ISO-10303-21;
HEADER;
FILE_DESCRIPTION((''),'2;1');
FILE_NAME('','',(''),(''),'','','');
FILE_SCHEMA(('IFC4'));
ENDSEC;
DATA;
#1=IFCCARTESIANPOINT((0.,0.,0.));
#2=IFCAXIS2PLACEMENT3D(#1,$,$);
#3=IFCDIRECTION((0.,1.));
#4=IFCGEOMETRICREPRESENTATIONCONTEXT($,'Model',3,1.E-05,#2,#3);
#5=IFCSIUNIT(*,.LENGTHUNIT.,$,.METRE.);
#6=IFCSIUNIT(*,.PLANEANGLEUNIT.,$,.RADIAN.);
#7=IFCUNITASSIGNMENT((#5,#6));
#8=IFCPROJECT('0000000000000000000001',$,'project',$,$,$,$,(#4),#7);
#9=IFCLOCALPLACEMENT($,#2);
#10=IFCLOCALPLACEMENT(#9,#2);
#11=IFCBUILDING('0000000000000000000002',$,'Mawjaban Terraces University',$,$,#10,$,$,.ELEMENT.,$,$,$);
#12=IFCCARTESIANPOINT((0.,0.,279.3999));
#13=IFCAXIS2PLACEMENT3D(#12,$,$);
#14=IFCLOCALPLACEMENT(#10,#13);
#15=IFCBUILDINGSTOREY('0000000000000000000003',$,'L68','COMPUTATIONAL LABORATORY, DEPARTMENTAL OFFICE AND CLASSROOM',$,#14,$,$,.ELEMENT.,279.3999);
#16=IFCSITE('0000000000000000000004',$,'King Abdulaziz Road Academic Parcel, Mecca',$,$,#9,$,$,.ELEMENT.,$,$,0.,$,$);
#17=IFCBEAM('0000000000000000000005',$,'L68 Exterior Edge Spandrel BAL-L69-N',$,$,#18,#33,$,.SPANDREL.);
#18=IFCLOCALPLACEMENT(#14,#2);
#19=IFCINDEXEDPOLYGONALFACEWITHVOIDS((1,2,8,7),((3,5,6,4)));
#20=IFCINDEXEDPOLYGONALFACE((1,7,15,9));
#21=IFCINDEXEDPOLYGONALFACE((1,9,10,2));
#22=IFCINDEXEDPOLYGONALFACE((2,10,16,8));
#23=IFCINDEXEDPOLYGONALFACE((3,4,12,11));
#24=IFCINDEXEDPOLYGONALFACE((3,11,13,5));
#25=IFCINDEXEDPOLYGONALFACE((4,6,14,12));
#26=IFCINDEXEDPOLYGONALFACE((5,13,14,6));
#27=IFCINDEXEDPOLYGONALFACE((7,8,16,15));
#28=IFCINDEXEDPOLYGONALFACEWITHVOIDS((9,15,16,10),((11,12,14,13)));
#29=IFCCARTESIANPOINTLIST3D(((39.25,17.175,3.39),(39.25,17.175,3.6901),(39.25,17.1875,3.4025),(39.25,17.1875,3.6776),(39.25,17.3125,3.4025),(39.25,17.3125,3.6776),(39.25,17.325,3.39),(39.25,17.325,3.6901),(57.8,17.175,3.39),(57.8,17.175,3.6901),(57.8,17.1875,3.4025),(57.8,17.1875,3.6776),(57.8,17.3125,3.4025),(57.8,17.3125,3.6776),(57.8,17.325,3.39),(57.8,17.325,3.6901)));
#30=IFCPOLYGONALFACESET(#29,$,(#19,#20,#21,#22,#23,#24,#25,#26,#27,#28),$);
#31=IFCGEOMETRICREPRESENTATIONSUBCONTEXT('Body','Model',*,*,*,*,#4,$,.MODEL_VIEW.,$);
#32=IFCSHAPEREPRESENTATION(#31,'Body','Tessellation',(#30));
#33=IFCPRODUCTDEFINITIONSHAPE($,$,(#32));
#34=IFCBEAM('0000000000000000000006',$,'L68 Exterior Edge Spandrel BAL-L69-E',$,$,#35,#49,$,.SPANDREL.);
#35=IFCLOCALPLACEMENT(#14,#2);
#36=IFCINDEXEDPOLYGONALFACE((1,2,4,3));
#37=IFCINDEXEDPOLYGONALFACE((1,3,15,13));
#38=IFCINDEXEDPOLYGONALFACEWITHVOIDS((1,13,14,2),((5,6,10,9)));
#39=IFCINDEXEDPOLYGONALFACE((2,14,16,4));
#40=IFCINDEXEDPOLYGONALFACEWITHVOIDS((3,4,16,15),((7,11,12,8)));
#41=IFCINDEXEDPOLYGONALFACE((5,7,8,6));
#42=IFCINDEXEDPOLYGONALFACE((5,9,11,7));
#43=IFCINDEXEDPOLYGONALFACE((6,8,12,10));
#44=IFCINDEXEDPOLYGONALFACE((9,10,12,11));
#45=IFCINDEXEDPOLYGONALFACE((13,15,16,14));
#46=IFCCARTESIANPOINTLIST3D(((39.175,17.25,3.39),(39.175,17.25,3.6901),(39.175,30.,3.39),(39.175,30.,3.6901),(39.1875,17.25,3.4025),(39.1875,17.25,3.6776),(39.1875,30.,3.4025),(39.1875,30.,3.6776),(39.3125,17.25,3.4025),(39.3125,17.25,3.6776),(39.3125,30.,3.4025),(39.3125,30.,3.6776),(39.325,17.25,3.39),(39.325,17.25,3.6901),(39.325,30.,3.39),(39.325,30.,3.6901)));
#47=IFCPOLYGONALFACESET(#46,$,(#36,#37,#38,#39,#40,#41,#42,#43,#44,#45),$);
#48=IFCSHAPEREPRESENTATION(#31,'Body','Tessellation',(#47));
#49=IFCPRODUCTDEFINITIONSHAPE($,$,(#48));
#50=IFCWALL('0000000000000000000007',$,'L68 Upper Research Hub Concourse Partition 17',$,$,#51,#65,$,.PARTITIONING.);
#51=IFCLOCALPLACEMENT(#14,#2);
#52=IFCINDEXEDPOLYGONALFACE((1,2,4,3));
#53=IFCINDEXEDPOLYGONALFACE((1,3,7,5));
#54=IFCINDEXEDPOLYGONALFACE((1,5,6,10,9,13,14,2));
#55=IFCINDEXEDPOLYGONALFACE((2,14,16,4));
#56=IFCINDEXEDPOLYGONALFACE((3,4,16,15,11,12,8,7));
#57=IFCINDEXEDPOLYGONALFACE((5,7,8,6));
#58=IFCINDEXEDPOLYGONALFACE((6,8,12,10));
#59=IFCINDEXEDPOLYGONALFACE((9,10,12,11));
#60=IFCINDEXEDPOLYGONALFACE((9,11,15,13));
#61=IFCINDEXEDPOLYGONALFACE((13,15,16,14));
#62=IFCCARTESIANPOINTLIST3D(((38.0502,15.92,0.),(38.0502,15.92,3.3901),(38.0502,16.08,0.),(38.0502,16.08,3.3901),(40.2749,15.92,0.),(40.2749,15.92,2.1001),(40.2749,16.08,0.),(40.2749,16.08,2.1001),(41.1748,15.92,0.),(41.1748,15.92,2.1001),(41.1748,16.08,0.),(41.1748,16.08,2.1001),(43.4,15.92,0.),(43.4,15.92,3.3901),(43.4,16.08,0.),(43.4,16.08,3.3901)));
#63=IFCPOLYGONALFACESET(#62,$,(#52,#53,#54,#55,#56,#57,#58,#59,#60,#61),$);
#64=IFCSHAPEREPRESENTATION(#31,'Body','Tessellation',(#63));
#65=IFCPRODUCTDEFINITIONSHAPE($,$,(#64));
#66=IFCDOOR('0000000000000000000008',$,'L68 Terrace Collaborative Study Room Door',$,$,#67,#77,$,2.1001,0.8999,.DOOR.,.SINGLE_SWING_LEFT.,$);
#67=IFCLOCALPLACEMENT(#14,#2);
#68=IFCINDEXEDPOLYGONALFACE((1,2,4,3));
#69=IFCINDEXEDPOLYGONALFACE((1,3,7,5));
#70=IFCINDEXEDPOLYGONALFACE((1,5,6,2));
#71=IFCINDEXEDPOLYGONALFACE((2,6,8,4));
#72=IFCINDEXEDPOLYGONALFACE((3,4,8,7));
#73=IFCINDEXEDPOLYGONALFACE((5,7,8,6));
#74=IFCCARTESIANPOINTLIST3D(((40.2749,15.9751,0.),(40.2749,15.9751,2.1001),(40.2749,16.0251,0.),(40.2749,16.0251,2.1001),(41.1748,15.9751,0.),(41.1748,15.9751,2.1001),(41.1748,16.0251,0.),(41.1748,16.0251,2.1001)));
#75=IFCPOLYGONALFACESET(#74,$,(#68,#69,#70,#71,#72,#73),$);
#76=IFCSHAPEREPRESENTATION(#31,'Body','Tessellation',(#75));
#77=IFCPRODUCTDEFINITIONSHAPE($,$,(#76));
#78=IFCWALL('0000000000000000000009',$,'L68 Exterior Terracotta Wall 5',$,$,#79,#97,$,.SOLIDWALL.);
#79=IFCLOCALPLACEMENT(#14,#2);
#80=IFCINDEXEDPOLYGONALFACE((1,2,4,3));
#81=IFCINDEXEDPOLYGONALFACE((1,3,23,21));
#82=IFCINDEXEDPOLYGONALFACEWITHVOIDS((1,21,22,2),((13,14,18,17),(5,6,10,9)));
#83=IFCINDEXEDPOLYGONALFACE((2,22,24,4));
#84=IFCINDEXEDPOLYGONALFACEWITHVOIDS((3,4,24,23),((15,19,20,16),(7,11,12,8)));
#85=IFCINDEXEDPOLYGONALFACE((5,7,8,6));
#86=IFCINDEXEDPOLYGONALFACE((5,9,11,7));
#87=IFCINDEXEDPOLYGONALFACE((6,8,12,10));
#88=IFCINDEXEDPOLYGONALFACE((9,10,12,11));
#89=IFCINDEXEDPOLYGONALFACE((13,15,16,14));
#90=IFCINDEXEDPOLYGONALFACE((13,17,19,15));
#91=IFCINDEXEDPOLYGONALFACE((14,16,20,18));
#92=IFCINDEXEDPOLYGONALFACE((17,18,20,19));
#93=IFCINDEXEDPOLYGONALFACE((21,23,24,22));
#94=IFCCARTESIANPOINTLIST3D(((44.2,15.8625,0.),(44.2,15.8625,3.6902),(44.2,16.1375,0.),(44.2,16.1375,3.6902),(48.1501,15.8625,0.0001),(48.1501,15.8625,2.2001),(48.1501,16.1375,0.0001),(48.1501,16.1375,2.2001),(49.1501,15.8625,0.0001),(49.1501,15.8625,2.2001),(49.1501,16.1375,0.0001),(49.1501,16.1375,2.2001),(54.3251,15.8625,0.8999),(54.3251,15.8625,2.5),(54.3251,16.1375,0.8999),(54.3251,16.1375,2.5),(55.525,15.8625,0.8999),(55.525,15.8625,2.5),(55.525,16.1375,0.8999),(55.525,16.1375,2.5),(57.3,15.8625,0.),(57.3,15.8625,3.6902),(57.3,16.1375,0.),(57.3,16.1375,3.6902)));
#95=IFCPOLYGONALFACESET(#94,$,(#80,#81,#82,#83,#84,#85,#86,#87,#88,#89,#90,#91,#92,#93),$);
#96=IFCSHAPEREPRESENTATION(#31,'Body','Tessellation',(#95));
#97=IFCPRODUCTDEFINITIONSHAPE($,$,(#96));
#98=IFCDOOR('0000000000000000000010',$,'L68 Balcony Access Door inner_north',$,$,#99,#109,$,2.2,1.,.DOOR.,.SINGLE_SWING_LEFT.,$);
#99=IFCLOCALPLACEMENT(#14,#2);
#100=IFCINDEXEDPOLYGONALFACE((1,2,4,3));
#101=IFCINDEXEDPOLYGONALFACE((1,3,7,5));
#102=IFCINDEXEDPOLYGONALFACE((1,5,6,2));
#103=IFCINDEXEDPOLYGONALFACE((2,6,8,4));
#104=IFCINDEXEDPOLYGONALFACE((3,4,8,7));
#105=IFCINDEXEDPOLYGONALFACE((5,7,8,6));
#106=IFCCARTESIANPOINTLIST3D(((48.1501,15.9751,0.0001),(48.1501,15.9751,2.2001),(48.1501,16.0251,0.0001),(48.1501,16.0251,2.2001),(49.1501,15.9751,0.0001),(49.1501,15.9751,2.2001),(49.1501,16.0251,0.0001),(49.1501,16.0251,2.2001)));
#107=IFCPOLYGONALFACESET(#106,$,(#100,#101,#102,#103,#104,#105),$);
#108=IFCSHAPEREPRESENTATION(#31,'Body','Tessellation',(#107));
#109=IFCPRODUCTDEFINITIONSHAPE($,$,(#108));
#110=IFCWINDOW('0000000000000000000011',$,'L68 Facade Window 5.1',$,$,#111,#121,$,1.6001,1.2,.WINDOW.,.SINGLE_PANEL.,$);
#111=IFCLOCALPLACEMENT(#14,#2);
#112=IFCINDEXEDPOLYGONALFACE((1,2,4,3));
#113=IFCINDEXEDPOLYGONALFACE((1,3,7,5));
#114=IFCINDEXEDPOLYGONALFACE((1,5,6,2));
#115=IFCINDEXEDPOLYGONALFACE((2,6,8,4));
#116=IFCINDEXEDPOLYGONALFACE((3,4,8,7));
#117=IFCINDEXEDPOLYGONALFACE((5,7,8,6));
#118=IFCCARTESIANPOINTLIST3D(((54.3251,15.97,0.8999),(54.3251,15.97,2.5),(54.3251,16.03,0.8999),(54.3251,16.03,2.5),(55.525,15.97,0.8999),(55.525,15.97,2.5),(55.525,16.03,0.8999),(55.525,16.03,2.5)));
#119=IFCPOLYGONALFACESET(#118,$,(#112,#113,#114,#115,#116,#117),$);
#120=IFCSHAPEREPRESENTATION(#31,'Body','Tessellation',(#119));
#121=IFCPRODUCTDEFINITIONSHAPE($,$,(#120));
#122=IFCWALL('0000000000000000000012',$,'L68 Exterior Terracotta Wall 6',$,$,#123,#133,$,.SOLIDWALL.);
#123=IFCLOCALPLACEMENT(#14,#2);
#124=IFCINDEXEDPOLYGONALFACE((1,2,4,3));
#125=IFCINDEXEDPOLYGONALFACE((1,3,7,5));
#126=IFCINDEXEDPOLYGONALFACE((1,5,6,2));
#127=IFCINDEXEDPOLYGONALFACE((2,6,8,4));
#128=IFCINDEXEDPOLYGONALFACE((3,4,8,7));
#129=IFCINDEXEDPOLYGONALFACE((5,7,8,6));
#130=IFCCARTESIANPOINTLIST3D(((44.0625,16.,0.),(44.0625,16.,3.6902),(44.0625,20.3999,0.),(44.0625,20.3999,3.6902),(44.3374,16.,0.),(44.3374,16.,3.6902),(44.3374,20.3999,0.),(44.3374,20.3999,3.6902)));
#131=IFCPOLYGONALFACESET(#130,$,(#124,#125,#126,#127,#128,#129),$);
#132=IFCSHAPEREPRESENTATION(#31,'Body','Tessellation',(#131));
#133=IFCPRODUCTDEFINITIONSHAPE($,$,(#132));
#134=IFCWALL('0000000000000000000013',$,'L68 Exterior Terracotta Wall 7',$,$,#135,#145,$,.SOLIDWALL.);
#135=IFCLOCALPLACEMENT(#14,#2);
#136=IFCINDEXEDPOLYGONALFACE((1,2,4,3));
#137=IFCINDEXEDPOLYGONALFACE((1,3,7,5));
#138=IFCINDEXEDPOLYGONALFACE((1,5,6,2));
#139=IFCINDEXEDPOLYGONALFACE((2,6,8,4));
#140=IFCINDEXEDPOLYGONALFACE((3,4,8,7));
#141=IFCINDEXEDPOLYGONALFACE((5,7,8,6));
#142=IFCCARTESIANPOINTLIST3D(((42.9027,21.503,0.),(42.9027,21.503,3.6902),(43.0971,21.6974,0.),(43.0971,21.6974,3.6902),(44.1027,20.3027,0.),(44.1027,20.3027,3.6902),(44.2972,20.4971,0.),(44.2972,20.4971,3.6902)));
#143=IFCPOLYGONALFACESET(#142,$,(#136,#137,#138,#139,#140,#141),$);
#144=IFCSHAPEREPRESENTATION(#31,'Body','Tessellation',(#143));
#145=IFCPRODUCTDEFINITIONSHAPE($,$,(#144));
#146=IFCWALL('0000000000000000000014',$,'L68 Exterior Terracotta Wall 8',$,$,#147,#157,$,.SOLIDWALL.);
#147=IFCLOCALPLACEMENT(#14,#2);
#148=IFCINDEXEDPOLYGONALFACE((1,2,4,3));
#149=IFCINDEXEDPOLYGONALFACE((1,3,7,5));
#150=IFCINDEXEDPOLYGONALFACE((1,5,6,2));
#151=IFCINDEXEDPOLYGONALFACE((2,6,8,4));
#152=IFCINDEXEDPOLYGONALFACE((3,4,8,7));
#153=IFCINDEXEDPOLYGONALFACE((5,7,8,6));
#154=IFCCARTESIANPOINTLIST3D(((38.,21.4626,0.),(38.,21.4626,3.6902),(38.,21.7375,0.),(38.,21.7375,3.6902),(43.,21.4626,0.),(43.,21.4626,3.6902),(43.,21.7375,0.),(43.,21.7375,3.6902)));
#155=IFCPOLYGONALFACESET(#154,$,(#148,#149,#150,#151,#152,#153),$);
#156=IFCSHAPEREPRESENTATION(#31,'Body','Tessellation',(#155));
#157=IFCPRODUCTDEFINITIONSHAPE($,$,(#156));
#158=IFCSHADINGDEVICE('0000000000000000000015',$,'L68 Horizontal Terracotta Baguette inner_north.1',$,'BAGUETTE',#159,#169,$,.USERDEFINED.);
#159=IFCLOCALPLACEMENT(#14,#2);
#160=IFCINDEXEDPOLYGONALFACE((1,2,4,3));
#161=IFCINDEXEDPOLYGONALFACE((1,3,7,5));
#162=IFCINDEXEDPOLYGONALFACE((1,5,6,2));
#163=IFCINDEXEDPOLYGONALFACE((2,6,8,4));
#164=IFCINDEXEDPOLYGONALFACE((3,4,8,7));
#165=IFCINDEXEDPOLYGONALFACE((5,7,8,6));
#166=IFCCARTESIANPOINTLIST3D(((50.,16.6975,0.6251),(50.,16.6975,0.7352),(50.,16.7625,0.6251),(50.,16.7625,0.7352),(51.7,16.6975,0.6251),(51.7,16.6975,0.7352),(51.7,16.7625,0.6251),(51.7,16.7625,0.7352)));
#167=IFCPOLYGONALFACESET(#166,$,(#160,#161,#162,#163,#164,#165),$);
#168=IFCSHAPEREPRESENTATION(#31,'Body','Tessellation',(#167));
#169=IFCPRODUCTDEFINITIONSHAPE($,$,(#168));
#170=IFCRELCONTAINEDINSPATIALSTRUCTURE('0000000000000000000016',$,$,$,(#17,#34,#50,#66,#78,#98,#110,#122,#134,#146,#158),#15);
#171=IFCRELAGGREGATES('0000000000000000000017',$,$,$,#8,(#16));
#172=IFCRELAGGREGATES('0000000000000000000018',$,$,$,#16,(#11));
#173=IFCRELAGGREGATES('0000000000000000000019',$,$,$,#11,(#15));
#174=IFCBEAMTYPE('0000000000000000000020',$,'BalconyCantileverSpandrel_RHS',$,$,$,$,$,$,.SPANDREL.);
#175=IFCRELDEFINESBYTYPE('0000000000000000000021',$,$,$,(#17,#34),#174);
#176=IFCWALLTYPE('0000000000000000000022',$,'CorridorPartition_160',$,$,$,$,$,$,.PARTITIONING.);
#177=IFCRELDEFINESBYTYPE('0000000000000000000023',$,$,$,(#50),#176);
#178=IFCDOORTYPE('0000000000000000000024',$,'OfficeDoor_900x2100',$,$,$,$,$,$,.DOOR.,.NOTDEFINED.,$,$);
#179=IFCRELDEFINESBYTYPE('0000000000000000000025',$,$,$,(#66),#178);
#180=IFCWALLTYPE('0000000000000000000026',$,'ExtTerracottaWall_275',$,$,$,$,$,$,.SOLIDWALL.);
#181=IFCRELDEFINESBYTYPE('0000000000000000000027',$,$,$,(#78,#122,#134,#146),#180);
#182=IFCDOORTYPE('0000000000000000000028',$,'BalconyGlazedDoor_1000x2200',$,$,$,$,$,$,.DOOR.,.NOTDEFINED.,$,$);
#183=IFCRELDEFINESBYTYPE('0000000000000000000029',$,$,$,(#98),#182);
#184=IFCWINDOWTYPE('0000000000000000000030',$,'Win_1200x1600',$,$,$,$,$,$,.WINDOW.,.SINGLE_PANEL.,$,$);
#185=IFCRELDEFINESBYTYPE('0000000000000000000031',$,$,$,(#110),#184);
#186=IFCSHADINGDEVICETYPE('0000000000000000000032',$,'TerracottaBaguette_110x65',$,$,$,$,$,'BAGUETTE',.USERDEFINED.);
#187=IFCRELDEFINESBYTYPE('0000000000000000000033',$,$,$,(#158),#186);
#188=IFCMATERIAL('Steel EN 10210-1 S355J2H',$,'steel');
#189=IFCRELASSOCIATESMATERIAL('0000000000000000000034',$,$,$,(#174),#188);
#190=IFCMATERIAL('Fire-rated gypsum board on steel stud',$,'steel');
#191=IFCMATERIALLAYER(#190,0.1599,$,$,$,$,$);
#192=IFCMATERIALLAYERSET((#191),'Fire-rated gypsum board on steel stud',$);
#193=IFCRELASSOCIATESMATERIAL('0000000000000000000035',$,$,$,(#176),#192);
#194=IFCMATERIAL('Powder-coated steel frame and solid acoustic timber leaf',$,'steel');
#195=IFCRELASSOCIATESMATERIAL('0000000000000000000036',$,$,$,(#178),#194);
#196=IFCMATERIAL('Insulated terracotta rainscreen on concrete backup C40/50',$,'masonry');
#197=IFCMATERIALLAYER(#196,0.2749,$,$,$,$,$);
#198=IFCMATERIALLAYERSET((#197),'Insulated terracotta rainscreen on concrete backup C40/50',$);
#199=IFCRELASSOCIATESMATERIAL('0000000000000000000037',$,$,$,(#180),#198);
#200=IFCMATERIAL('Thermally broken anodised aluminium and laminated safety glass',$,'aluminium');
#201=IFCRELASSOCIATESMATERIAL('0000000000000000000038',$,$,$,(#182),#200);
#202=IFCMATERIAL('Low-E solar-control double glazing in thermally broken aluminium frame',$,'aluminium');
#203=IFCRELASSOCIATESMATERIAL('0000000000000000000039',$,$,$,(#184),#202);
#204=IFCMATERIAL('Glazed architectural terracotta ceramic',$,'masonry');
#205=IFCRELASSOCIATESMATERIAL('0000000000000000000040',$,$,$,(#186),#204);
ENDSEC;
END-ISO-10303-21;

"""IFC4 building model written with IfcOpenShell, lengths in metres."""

from ifc_helpers import new_model, si_unit, direction, frame, frame_2d, origin, origin_2d, place, context, subcontext, project, spatial, rectangle, hollow_rectangle, extrude, material, layer, layer_set, material_profile, profile_set, type_object, element, fill, save


model = new_model("IFC4")

# Units and contexts
model_context = context("Model", 3, precision=1e-05, world=origin(), true_north=direction((0.0, 1.0)))
body_context = subcontext(model_context, "Body", "Model", "MODEL_VIEW")
ifc_project = project(units=[si_unit("LENGTHUNIT", "METRE"), si_unit("PLANEANGLEUNIT", "RADIAN")], contexts=[model_context])

# Site, building, storey
site_placement = place(None, origin())
site = spatial("IfcSite", under=ifc_project, at=site_placement, Name="King Abdulaziz Road Academic Parcel, Mecca", CompositionType="ELEMENT", RefElevation=0.0)
building_placement = place(site_placement, origin())
building = spatial("IfcBuilding", under=site, at=building_placement, Name="Mawjaban Terraces University", CompositionType="ELEMENT")
storey_placement = place(building_placement, frame((0.0, 0.0, 279.3999)))
storey = spatial("IfcBuildingStorey", under=building, at=storey_placement, Name="L68", Description="COMPUTATIONAL LABORATORY, DEPARTMENTAL OFFICE AND CLASSROOM", CompositionType="ELEMENT", Elevation=279.3999)

# Beams
ifc_material_1 = material(Name="Steel EN 10210-1 S355J2H", Category="steel")
ifc_material_profile_1 = material_profile(ifc_material_1, hollow_rectangle(XDim=0.1499, YDim=0.3, WallThickness=0.0125, at=origin_2d()), Name="RHS300X150X12.5")
ifc_profile_set_1 = profile_set([ifc_material_profile_1], Name="Steel EN 10210-1 S355J2H")
beam_type = type_object("IfcBeamType", Name="BalconyCantileverSpandrel_RHS", PredefinedType="SPANDREL", material=ifc_profile_set_1)
beam_1_placement = place(storey_placement, frame((39.25, 17.25, 3.54), z_axis=(1.0, 0.0, 0.0), x_axis=(0.0, 1.0, 0.0)))
element("IfcBeam", 1, at=beam_1_placement, inside=storey, type_object=beam_type, Name="L68 Exterior Edge Spandrel BAL-L69-N", PredefinedType="SPANDREL", context=body_context, shape_type="SweptSolid", body=[
    extrude(hollow_rectangle(XDim=0.1499, YDim=0.3, WallThickness=0.0125, at=origin_2d()), origin(), (0.0, 0.0, 1.0), 18.55),
])
beam_2_placement = place(storey_placement, frame((39.25, 17.25, 3.54), z_axis=(0.0, 1.0, 0.0), x_axis=(-1.0, 0.0, 0.0)))
element("IfcBeam", 2, at=beam_2_placement, inside=storey, type_object=beam_type, Name="L68 Exterior Edge Spandrel BAL-L69-E", PredefinedType="SPANDREL", context=body_context, shape_type="SweptSolid", body=[
    extrude(hollow_rectangle(XDim=0.1499, YDim=0.3, WallThickness=0.0125, at=origin_2d()), origin(), (0.0, 0.0, 1.0), 12.75),
])

# Wall, opening, door
ifc_material_2 = material(Name="Fire-rated gypsum board on steel stud", Category="steel")
ifc_layer_1 = layer(ifc_material_2, 0.1599)
ifc_layer_set_1 = layer_set([ifc_layer_1], Name="Fire-rated gypsum board on steel stud")
wall_type_1 = type_object("IfcWallType", Name="CorridorPartition_160", PredefinedType="PARTITIONING", material=ifc_layer_set_1)
wall_1_placement = place(storey_placement, frame((43.3999, 16.0, 0.0), z_axis=(0.0, 0.0, 1.0), x_axis=(-1.0, 0.0, 0.0)))
wall_1 = element("IfcWall", 3, at=wall_1_placement, inside=storey, type_object=wall_type_1, Name="L68 Upper Research Hub Concourse Partition 17", PredefinedType="PARTITIONING", context=body_context, shape_type="SweptSolid", body=[
    extrude(rectangle(XDim=5.3499, YDim=0.1599, at=frame_2d((2.6748, 0.0))), origin(), (0.0, 0.0, 1.0), 3.3901),
])
opening_1_placement = place(wall_1_placement, frame((2.2251, 0.0, 0.0)))
opening_1 = element("IfcOpeningElement", 4, at=opening_1_placement, cuts=wall_1, PredefinedType="OPENING", context=body_context, shape_type="SweptSolid", body=[
    extrude(rectangle(XDim=0.8999, YDim=2.1001, at=frame_2d((0.45, 1.05))), frame((0.0, 0.0898, 0.0), z_axis=(0.0, -1.0, 0.0), x_axis=(1.0, 0.0, 0.0)), (0.0, 0.0, 1.0), 0.1799),
])
ifc_material_3 = material(Name="Powder-coated steel frame and solid acoustic timber leaf", Category="steel")
door_type_1 = type_object("IfcDoorType", Name="OfficeDoor_900x2100", OperationType="NOTDEFINED", PredefinedType="DOOR", material=ifc_material_3)
door_1_placement = place(opening_1_placement, origin())
door_1 = element("IfcDoor", 5, at=door_1_placement, inside=storey, type_object=door_type_1, Name="L68 Terrace Collaborative Study Room Door", OperationType="SINGLE_SWING_LEFT", OverallHeight=2.1001, OverallWidth=0.8999, PredefinedType="DOOR", context=body_context, shape_type="SweptSolid", body=[
    extrude(rectangle(XDim=0.8999, YDim=2.1001, at=frame_2d((0.45, 1.05))), frame((0.0, 0.0249, 0.0), z_axis=(0.0, -1.0, 0.0), x_axis=(1.0, 0.0, 0.0)), (0.0, 0.0, 1.0), 0.05),
])
fill(opening_1, door_1)

# Wall, openings, door, window
ifc_material_4 = material(Name="Insulated terracotta rainscreen on concrete backup C40/50", Category="masonry")
ifc_layer_2 = layer(ifc_material_4, 0.2749)
ifc_layer_set_2 = layer_set([ifc_layer_2], Name="Insulated terracotta rainscreen on concrete backup C40/50")
wall_type_2 = type_object("IfcWallType", Name="ExtTerracottaWall_275", PredefinedType="SOLIDWALL", material=ifc_layer_set_2)
wall_2_placement = place(storey_placement, frame((57.3, 16.0, 0.0), z_axis=(0.0, 0.0, 1.0), x_axis=(-1.0, 0.0, 0.0)))
wall_2 = element("IfcWall", 6, at=wall_2_placement, inside=storey, type_object=wall_type_2, Name="L68 Exterior Terracotta Wall 5", PredefinedType="SOLIDWALL", context=body_context, shape_type="SweptSolid", body=[
    extrude(rectangle(XDim=13.1001, YDim=0.2749, at=frame_2d((6.55, 0.0))), origin(), (0.0, 0.0, 1.0), 3.6902),
])
opening_2_placement = place(wall_2_placement, frame((8.1499, 0.0, 0.0)))
opening_2 = element("IfcOpeningElement", 7, at=opening_2_placement, cuts=wall_2, PredefinedType="OPENING", context=body_context, shape_type="SweptSolid", body=[
    extrude(rectangle(XDim=1.0, YDim=2.2, at=frame_2d((0.5, 1.1001))), frame((0.0, 0.1475, 0.0), z_axis=(0.0, -1.0, 0.0), x_axis=(1.0, 0.0, 0.0)), (0.0, 0.0, 1.0), 0.2949),
])
opening_3_placement = place(wall_2_placement, frame((1.7749, 0.0, 0.8999)))
opening_3 = element("IfcOpeningElement", 8, at=opening_3_placement, cuts=wall_2, PredefinedType="OPENING", context=body_context, shape_type="SweptSolid", body=[
    extrude(rectangle(XDim=1.2, YDim=1.6001, at=frame_2d((0.6001, 0.8))), frame((0.0, 0.1475, 0.0), z_axis=(0.0, -1.0, 0.0), x_axis=(1.0, 0.0, 0.0)), (0.0, 0.0, 1.0), 0.2949),
])
ifc_material_5 = material(Name="Thermally broken anodised aluminium and laminated safety glass", Category="aluminium")
door_type_2 = type_object("IfcDoorType", Name="BalconyGlazedDoor_1000x2200", OperationType="NOTDEFINED", PredefinedType="DOOR", material=ifc_material_5)
door_2_placement = place(opening_2_placement, origin())
door_2 = element("IfcDoor", 9, at=door_2_placement, inside=storey, type_object=door_type_2, Name="L68 Balcony Access Door inner_north", OperationType="SINGLE_SWING_LEFT", OverallHeight=2.2, OverallWidth=1.0, PredefinedType="DOOR", context=body_context, shape_type="SweptSolid", body=[
    extrude(rectangle(XDim=1.0, YDim=2.2, at=frame_2d((0.5, 1.1001))), frame((0.0, 0.0249, 0.0), z_axis=(0.0, -1.0, 0.0), x_axis=(1.0, 0.0, 0.0)), (0.0, 0.0, 1.0), 0.05),
])
fill(opening_2, door_2)
ifc_material_6 = material(Name="Low-E solar-control double glazing in thermally broken aluminium frame", Category="aluminium")
window_type = type_object("IfcWindowType", Name="Win_1200x1600", PartitioningType="SINGLE_PANEL", PredefinedType="WINDOW", material=ifc_material_6)
window_placement = place(opening_3_placement, origin())
window = element("IfcWindow", 10, at=window_placement, inside=storey, type_object=window_type, Name="L68 Facade Window 5.1", OverallHeight=1.6001, OverallWidth=1.2, PartitioningType="SINGLE_PANEL", PredefinedType="WINDOW", context=body_context, shape_type="SweptSolid", body=[
    extrude(rectangle(XDim=1.2, YDim=1.6001, at=frame_2d((0.6001, 0.8))), frame((0.0, 0.03, 0.0), z_axis=(0.0, -1.0, 0.0), x_axis=(1.0, 0.0, 0.0)), (0.0, 0.0, 1.0), 0.0601),
])
fill(opening_3, window)

# Walls
wall_3_placement = place(storey_placement, frame((44.2, 16.0, 0.0), z_axis=(0.0, 0.0, 1.0), x_axis=(0.0, 1.0, 0.0)))
element("IfcWall", 11, at=wall_3_placement, inside=storey, type_object=wall_type_2, Name="L68 Exterior Terracotta Wall 6", PredefinedType="SOLIDWALL", context=body_context, shape_type="SweptSolid", body=[
    extrude(rectangle(XDim=4.3999, YDim=0.2749, at=frame_2d((2.2, 0.0))), origin(), (0.0, 0.0, 1.0), 3.6902),
])
wall_4_placement = place(storey_placement, frame((44.2, 20.3999, 0.0), z_axis=(0.0, 0.0, 1.0), x_axis=(-0.707035, 0.707179, 0.0)))
element("IfcWall", 12, at=wall_4_placement, inside=storey, type_object=wall_type_2, Name="L68 Exterior Terracotta Wall 7", PredefinedType="SOLIDWALL", context=body_context, shape_type="SweptSolid", body=[
    extrude(rectangle(XDim=1.6973, YDim=0.2749, at=frame_2d((0.8486, 0.0))), origin(), (0.0, 0.0, 1.0), 3.6902),
])
wall_5_placement = place(storey_placement, frame((43.0, 21.6001, 0.0), z_axis=(0.0, 0.0, 1.0), x_axis=(-1.0, 0.0, 0.0)))
element("IfcWall", 13, at=wall_5_placement, inside=storey, type_object=wall_type_2, Name="L68 Exterior Terracotta Wall 8", PredefinedType="SOLIDWALL", context=body_context, shape_type="SweptSolid", body=[
    extrude(rectangle(XDim=5.0, YDim=0.2749, at=frame_2d((2.5, 0.0))), origin(), (0.0, 0.0, 1.0), 3.6902),
])

# Shading device
ifc_material_7 = material(Name="Glazed architectural terracotta ceramic", Category="masonry")
ifc_material_profile_2 = material_profile(ifc_material_7, rectangle(XDim=0.0649, YDim=0.1101, at=origin_2d()), Name="TBAG110X65")
ifc_profile_set_2 = profile_set([ifc_material_profile_2], Name="Glazed architectural terracotta ceramic")
shading_device_type_1 = type_object("IfcShadingDeviceType", Name="TerracottaBaguette_110x65", ElementType="BAGUETTE", PredefinedType="USERDEFINED", material=ifc_profile_set_2)
for number, where, z_axis, x_axis, name in (
    (14, (50.0, 16.73, 0.6802), (1.0, 0.0, 0.0), (0.0, 1.0, 0.0), "L68 Horizontal Terracotta Baguette inner_north.1"),
):
    element("IfcShadingDevice", number, at=place(storey_placement, frame(where, z_axis=z_axis, x_axis=x_axis)), inside=storey, type_object=shading_device_type_1, Name=name, ObjectType="BAGUETTE", PredefinedType="USERDEFINED", context=body_context, shape_type="SweptSolid", body=[
        extrude(rectangle(XDim=0.0649, YDim=0.1101, at=origin_2d()), origin(), (0.0, 0.0, 1.0), 1.7),
    ])

save(model, "model.ifc")
